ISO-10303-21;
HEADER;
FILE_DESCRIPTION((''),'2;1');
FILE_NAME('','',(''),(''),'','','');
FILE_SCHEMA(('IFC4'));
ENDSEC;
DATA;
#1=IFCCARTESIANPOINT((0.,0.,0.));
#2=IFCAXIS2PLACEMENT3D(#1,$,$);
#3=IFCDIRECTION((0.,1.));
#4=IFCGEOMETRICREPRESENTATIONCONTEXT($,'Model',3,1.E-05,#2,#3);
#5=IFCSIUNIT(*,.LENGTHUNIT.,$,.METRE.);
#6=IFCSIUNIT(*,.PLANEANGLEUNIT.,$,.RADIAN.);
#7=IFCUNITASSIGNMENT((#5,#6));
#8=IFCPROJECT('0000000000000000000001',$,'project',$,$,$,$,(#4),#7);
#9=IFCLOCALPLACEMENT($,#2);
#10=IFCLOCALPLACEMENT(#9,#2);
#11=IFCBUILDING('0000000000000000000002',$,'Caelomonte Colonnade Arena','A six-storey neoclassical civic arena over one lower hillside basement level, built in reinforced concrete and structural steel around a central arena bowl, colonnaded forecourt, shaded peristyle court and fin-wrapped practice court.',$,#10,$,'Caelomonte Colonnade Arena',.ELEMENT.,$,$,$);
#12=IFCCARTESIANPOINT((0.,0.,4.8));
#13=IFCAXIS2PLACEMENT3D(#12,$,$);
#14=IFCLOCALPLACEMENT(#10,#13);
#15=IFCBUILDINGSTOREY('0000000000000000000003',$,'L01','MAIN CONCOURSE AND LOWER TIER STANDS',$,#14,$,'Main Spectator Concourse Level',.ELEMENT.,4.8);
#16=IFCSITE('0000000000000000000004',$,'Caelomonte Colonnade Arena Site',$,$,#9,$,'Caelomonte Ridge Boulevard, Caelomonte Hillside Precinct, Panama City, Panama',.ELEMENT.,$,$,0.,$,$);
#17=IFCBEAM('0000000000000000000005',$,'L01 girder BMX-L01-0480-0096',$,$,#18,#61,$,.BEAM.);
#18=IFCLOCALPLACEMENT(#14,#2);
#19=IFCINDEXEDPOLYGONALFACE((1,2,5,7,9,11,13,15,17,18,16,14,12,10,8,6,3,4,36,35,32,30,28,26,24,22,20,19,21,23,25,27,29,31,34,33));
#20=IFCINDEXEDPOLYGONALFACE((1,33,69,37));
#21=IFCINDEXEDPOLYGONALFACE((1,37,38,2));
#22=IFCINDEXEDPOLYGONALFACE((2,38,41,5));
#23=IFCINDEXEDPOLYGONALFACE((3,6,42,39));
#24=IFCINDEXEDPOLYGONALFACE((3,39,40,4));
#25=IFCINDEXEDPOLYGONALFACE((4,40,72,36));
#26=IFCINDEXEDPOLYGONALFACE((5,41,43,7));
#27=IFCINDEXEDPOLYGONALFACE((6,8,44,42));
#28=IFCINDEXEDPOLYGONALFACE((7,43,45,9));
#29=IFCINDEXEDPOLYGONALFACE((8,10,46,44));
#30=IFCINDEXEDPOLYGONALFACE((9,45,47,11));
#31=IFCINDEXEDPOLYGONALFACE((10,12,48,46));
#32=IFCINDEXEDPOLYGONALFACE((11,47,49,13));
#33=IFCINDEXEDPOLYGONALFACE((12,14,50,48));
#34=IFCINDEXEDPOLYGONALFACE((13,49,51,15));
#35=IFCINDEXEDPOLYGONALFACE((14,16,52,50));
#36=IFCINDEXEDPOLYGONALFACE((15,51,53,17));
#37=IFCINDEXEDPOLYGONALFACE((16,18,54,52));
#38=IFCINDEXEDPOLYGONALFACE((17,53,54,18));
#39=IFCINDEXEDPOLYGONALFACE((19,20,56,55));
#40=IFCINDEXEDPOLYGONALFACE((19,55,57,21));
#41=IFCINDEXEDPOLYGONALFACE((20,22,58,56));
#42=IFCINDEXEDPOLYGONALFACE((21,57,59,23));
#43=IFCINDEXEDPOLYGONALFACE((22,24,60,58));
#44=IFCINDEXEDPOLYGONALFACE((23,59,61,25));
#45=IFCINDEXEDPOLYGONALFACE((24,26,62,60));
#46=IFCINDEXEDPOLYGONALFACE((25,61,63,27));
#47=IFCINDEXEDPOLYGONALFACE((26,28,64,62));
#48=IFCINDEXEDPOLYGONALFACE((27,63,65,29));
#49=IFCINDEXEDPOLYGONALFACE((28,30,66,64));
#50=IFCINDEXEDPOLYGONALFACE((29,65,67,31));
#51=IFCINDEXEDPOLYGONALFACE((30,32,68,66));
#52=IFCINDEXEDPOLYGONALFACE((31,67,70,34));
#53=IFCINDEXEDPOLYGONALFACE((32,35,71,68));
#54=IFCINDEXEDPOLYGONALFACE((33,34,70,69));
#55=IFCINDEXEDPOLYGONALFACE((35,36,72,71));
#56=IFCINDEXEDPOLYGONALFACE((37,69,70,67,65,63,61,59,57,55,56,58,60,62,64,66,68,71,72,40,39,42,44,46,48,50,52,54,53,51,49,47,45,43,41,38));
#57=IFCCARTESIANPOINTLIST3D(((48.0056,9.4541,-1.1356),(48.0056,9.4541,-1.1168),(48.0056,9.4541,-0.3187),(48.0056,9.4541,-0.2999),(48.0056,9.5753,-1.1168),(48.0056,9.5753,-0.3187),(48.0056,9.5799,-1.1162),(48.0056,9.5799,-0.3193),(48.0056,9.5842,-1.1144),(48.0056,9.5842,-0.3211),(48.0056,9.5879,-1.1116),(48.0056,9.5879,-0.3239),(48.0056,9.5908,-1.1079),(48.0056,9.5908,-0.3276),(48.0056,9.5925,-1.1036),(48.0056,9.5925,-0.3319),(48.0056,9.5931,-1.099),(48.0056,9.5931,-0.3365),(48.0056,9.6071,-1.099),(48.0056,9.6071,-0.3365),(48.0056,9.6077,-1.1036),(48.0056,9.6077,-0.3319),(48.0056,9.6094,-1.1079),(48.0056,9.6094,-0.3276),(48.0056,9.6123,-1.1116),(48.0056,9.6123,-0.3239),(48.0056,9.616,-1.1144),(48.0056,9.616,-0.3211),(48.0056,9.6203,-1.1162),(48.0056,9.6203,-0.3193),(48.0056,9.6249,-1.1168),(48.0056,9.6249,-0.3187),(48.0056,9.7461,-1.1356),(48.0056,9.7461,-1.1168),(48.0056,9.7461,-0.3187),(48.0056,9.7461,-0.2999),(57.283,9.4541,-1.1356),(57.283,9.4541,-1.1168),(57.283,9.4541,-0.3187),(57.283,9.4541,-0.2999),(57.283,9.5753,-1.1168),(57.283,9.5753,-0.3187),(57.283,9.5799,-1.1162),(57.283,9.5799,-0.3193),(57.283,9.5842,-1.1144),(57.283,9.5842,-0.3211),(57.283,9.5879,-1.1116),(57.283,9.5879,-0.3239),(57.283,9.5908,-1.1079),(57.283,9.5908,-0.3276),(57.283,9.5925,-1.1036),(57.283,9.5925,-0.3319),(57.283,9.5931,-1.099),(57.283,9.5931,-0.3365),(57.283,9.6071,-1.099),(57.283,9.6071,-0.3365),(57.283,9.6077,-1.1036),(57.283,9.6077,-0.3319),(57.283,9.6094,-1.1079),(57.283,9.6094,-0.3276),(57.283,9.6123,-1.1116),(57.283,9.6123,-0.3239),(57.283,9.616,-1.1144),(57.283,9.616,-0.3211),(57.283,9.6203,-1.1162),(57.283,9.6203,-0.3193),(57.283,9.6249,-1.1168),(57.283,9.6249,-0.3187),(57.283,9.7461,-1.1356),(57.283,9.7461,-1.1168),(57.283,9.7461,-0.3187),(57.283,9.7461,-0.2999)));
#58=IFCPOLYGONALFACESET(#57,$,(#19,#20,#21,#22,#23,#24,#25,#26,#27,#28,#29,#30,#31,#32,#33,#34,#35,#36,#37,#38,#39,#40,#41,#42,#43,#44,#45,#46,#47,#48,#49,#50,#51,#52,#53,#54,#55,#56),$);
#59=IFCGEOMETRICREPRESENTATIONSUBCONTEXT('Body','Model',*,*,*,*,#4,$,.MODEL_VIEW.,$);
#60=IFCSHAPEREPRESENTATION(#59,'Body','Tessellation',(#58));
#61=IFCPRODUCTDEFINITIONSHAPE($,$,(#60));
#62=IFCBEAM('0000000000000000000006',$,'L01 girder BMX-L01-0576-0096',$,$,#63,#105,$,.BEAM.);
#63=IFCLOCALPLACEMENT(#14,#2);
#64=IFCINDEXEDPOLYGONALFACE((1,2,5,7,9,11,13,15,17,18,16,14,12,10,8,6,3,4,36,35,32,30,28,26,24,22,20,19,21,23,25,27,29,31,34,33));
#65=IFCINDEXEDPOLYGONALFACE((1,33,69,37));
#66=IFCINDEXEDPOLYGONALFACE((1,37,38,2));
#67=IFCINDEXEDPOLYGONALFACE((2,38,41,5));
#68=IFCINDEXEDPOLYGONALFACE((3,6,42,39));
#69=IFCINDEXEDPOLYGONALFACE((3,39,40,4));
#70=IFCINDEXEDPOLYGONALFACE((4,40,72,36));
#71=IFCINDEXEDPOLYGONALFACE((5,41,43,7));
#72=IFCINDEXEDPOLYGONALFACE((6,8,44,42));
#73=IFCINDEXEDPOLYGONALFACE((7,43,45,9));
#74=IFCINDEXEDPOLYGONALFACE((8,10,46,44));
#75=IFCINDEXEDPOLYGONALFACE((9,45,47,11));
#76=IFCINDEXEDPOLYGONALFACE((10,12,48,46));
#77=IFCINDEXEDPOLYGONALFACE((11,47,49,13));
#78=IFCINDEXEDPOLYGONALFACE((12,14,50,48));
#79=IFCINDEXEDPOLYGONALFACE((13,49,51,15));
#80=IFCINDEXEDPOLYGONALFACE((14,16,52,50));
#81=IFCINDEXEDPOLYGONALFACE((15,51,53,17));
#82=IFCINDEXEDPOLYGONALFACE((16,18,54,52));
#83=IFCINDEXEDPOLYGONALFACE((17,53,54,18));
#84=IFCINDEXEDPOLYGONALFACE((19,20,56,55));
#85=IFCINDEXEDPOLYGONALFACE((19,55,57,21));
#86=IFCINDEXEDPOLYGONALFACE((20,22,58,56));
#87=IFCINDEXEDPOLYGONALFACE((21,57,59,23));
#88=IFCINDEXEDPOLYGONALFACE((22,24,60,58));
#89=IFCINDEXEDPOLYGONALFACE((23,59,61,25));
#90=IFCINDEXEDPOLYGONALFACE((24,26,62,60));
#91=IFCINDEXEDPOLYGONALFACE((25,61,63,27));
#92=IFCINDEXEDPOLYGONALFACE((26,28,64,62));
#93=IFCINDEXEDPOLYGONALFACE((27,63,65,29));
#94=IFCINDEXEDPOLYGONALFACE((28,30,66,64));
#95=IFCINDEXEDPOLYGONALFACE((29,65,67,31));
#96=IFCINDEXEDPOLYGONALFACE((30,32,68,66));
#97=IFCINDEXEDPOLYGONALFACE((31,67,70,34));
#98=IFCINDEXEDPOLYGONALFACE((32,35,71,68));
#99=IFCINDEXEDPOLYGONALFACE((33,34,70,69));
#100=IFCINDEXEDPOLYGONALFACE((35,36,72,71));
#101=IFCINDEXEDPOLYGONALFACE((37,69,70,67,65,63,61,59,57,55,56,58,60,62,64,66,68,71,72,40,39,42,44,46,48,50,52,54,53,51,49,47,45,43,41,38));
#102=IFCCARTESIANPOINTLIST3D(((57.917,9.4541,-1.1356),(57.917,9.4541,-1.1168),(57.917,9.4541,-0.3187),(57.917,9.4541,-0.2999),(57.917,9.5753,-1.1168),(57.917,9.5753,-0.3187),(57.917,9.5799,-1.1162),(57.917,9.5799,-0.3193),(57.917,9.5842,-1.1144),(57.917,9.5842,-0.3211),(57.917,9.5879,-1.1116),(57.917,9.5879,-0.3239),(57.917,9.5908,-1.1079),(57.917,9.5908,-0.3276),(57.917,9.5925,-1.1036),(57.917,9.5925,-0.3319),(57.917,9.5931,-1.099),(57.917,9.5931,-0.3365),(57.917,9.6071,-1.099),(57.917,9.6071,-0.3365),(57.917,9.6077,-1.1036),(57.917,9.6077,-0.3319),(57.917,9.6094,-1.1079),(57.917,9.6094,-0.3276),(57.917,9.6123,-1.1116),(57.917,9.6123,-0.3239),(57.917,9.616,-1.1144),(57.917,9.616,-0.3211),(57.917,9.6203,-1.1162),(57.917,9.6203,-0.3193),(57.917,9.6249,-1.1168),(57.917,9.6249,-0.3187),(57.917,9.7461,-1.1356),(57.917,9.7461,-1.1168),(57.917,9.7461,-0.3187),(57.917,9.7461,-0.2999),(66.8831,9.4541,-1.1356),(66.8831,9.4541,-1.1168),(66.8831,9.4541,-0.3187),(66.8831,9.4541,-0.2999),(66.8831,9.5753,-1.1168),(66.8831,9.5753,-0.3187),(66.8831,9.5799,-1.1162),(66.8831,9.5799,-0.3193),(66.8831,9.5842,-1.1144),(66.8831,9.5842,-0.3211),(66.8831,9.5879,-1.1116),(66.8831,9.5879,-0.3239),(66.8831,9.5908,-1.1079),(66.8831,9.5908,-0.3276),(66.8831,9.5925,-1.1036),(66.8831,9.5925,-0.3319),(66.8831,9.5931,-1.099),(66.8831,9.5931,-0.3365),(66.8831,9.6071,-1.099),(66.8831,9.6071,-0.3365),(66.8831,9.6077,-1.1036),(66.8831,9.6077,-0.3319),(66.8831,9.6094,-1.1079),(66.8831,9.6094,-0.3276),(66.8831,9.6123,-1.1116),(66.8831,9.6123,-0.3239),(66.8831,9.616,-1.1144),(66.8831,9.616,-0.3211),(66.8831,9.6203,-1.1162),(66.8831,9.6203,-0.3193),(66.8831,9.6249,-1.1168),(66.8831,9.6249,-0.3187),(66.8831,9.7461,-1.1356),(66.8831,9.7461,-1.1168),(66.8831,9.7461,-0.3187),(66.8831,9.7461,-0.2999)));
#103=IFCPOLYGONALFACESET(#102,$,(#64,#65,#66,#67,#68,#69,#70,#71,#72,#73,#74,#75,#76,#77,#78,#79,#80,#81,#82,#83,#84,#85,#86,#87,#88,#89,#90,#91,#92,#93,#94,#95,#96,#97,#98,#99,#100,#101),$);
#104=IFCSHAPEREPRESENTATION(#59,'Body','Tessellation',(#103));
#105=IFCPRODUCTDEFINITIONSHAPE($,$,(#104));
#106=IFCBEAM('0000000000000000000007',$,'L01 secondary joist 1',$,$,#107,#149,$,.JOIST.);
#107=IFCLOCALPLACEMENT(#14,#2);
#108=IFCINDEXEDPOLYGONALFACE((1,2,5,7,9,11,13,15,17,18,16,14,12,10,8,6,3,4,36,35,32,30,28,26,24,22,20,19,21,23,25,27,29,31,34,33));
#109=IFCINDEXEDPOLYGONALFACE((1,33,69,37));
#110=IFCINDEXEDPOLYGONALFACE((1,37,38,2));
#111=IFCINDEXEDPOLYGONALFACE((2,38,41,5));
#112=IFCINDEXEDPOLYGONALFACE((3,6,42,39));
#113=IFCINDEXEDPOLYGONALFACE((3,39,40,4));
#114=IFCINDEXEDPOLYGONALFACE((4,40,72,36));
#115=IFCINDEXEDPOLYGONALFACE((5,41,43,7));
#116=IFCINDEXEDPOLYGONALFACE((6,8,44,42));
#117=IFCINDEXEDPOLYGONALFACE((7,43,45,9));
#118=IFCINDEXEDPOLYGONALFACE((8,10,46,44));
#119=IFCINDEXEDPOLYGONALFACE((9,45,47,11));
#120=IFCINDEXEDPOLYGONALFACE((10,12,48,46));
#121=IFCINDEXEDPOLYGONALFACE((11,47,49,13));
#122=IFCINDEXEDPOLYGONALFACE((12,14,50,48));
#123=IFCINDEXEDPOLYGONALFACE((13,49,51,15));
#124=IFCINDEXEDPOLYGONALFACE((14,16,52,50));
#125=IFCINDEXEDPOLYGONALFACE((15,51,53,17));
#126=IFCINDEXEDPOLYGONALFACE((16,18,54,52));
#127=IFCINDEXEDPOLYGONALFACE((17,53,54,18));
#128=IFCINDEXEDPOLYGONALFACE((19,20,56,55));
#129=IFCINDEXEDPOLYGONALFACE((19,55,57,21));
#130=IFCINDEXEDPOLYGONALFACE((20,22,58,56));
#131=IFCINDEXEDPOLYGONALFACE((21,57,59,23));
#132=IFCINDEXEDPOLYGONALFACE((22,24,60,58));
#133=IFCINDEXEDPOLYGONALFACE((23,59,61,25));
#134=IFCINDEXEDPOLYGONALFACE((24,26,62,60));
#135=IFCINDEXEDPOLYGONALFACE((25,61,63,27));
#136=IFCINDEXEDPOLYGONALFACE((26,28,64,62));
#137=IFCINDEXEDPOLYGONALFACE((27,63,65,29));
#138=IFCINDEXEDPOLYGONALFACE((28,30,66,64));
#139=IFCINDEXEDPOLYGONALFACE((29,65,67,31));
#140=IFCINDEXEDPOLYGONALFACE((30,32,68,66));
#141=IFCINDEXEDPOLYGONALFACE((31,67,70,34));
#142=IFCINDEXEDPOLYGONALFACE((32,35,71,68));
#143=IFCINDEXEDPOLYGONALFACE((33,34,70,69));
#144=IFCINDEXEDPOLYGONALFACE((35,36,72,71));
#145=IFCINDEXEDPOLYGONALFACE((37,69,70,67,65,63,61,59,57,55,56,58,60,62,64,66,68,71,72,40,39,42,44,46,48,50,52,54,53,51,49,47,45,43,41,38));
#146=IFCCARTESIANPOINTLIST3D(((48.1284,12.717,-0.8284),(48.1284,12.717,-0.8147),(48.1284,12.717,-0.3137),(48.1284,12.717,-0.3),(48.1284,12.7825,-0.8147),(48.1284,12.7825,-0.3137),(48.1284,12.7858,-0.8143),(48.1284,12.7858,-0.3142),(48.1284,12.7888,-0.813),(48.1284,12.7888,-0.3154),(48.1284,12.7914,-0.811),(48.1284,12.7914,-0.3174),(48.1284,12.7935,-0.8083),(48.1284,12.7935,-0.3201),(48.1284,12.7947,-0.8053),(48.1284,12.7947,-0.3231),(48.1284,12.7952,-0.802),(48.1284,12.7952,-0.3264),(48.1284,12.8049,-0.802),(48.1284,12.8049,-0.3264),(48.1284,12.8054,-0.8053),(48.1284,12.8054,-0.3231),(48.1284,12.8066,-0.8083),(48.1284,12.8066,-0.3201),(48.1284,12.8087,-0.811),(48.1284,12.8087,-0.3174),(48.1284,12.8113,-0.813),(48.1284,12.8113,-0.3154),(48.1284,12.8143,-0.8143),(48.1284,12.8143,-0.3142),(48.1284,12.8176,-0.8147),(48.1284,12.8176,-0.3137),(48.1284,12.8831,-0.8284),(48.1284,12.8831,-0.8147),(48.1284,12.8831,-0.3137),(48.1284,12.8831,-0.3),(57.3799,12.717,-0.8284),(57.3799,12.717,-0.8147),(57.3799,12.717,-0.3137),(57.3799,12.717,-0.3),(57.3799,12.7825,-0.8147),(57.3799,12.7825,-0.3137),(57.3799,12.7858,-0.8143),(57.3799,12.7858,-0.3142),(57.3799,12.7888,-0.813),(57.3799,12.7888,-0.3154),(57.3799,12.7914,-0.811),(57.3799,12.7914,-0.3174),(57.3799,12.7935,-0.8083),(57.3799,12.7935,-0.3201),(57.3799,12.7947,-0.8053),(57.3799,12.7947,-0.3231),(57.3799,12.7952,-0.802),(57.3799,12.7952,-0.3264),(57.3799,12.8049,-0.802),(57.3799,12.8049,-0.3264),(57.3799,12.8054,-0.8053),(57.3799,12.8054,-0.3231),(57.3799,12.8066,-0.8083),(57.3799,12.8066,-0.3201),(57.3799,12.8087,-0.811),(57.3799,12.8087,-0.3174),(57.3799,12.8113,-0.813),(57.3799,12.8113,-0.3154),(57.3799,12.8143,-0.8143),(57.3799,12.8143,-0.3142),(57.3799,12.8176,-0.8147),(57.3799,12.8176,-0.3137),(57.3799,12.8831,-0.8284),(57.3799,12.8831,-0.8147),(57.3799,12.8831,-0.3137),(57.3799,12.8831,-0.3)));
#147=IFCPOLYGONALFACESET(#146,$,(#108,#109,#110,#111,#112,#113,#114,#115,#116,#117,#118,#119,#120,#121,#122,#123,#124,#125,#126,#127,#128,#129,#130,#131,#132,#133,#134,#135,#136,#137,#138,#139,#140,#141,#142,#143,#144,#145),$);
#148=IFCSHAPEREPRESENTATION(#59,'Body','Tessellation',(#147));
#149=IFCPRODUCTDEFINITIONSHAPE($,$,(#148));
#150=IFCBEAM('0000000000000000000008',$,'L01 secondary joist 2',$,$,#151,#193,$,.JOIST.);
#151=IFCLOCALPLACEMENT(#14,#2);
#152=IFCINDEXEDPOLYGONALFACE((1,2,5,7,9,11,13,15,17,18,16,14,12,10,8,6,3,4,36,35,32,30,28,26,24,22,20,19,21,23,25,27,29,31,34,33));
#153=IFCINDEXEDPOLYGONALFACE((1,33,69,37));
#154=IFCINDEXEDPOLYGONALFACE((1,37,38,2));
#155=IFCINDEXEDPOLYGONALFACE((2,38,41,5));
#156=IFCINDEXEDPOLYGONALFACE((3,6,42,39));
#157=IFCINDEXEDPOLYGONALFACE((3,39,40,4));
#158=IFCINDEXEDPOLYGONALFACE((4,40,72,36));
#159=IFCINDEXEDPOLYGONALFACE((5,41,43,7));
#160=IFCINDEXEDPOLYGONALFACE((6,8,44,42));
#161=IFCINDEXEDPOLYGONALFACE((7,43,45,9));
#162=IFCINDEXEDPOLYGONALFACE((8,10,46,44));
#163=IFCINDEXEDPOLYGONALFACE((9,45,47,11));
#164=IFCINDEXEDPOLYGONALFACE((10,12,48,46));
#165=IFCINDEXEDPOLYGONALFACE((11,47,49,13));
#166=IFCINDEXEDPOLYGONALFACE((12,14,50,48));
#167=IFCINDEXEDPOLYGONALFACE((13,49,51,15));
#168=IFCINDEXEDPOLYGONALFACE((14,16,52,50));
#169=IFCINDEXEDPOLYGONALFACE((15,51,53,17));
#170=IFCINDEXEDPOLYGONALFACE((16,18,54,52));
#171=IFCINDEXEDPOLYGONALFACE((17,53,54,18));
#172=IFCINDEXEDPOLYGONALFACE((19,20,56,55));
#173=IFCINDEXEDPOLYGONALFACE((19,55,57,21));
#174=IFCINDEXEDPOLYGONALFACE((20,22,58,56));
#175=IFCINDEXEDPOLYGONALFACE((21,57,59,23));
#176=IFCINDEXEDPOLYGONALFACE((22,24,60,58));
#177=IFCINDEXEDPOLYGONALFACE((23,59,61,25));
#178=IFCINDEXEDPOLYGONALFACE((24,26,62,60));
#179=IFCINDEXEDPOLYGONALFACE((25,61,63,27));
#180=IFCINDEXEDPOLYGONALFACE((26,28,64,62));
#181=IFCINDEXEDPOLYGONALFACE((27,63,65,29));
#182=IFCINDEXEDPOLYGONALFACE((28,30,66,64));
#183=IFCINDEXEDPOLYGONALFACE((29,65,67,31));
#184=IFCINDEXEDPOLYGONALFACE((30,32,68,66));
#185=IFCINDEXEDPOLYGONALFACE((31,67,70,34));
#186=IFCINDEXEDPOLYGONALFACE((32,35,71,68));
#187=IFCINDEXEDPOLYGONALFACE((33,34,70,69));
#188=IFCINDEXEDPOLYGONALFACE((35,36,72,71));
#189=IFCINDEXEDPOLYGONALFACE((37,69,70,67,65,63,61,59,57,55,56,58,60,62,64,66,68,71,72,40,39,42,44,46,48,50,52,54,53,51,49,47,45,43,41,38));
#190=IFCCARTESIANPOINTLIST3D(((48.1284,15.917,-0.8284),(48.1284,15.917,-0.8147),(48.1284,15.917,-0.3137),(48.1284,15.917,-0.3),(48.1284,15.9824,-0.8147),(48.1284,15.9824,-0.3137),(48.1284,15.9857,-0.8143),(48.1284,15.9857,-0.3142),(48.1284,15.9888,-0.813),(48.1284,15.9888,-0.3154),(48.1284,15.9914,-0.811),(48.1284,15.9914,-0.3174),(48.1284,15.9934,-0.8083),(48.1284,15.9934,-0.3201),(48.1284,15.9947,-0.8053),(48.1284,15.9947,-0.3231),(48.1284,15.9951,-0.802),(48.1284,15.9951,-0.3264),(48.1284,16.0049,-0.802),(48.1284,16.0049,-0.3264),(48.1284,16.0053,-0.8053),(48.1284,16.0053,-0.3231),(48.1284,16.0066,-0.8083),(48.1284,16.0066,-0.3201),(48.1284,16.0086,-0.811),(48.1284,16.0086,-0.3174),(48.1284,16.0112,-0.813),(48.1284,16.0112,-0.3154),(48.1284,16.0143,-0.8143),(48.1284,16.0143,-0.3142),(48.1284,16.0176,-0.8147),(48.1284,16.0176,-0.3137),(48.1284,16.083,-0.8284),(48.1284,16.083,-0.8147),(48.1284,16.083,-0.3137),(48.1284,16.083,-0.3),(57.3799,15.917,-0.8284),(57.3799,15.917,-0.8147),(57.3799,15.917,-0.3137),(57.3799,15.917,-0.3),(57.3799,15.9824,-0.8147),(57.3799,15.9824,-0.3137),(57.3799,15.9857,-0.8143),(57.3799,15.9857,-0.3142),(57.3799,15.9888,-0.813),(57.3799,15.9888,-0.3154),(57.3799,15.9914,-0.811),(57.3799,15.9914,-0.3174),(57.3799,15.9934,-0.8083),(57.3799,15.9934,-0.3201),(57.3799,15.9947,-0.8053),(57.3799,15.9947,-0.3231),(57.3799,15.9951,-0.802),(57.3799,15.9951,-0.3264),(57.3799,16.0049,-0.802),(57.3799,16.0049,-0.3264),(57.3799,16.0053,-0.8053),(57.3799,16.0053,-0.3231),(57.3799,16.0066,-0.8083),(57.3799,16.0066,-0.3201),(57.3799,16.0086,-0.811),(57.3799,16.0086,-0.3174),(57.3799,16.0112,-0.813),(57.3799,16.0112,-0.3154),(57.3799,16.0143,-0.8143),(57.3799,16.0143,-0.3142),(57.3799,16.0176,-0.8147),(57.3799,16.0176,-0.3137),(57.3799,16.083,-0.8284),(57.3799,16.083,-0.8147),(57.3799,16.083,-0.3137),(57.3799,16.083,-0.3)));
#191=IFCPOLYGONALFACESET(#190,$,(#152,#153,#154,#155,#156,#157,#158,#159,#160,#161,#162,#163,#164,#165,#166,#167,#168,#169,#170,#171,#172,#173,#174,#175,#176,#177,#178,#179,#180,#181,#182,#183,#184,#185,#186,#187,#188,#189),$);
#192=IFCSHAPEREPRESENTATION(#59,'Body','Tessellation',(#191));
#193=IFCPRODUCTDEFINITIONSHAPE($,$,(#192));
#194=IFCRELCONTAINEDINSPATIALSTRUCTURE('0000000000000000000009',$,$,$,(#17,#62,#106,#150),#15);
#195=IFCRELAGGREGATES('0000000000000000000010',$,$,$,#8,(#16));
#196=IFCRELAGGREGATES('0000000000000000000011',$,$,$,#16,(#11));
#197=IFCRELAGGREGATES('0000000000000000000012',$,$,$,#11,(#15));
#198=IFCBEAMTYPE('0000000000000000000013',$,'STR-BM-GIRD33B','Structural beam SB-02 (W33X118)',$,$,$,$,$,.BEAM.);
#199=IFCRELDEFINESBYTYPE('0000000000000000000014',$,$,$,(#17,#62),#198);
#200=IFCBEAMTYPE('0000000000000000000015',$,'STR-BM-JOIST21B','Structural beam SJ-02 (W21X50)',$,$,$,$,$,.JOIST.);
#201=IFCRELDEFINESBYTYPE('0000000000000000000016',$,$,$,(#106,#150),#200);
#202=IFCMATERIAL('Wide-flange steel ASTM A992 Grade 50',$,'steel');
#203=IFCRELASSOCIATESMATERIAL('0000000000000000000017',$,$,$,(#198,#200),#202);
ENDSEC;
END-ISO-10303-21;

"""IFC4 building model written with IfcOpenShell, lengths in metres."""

from ifc_helpers import new_model, si_unit, direction, frame, origin, origin_2d, place, context, subcontext, project, spatial, i_section, extrude, material, material_profile, profile_set, type_object, element, save


model = new_model("IFC4")

# Units and contexts
model_context = context("Model", 3, precision=1e-05, world=origin(), true_north=direction((0.0, 1.0)))
body_context = subcontext(model_context, "Body", "Model", "MODEL_VIEW")
ifc_project = project(units=[si_unit("LENGTHUNIT", "METRE"), si_unit("PLANEANGLEUNIT", "RADIAN")], contexts=[model_context])

# Site, building, storey
site_placement = place(None, origin())
site = spatial("IfcSite", under=ifc_project, at=site_placement, Name="Caelomonte Colonnade Arena Site", LongName="Caelomonte Ridge Boulevard, Caelomonte Hillside Precinct, Panama City, Panama", CompositionType="ELEMENT", RefElevation=0.0)
building_placement = place(site_placement, origin())
building = spatial("IfcBuilding", under=site, at=building_placement, Name="Caelomonte Colonnade Arena", Description="A six-storey neoclassical civic arena over one lower hillside basement level, built in reinforced concrete and structural steel around a central arena bowl, colonnaded forecourt, shaded peristyle court and fin-wrapped practice court.", LongName="Caelomonte Colonnade Arena", CompositionType="ELEMENT")
storey_placement = place(building_placement, frame((0.0, 0.0, 4.8)))
storey = spatial("IfcBuildingStorey", under=building, at=storey_placement, Name="L01", Description="MAIN CONCOURSE AND LOWER TIER STANDS", LongName="Main Spectator Concourse Level", CompositionType="ELEMENT", Elevation=4.8)

# Beams
ifc_material_1 = material(Name="Wide-flange steel ASTM A992 Grade 50", Category="steel")
ifc_material_profile_1 = material_profile(ifc_material_1, i_section(OverallWidth=0.292, OverallDepth=0.8357, WebThickness=0.0139, FlangeThickness=0.0188, FilletRadius=0.0178, at=origin_2d()), Name="W33X118")
ifc_profile_set_1 = profile_set([ifc_material_profile_1], Name="Wide-flange steel ASTM A992 Grade 50")
beam_type_1 = type_object("IfcBeamType", Name="STR-BM-GIRD33B", Description="Structural beam SB-02 (W33X118)", PredefinedType="BEAM", material=ifc_profile_set_1)
beam_1_placement = place(storey_placement, frame((48.0056, 9.6001, -0.7178), z_axis=(1.0, 0.0, 0.0), x_axis=(0.0, 1.0, 0.0)))
element("IfcBeam", 1, at=beam_1_placement, inside=storey, type_object=beam_type_1, Name="L01 girder BMX-L01-0480-0096", PredefinedType="BEAM", context=body_context, shape_type="SweptSolid", body=[
    extrude(i_section(OverallWidth=0.292, OverallDepth=0.8357, WebThickness=0.0139, FlangeThickness=0.0188, FilletRadius=0.0178, at=origin_2d()), origin(), (0.0, 0.0, 1.0), 9.2773),
])
beam_2_placement = place(storey_placement, frame((57.917, 9.6001, -0.7178), z_axis=(1.0, 0.0, 0.0), x_axis=(0.0, 1.0, 0.0)))
element("IfcBeam", 2, at=beam_2_placement, inside=storey, type_object=beam_type_1, Name="L01 girder BMX-L01-0576-0096", PredefinedType="BEAM", context=body_context, shape_type="SweptSolid", body=[
    extrude(i_section(OverallWidth=0.292, OverallDepth=0.8357, WebThickness=0.0139, FlangeThickness=0.0188, FilletRadius=0.0178, at=origin_2d()), origin(), (0.0, 0.0, 1.0), 8.9661),
])
ifc_material_profile_2 = material_profile(ifc_material_1, i_section(OverallWidth=0.166, OverallDepth=0.5283, WebThickness=0.0098, FlangeThickness=0.0137, FilletRadius=0.0127, at=origin_2d()), Name="W21X50")
ifc_profile_set_2 = profile_set([ifc_material_profile_2], Name="Wide-flange steel ASTM A992 Grade 50")
beam_type_2 = type_object("IfcBeamType", Name="STR-BM-JOIST21B", Description="Structural beam SJ-02 (W21X50)", PredefinedType="JOIST", material=ifc_profile_set_2)
for number, where, z_axis, x_axis, name in (
    (3, (48.1284, 12.8, -0.5642), (1.0, 0.0, 0.0), (0.0, 1.0, 0.0), "L01 secondary joist 1"),
    (4, (48.1284, 16.0, -0.5642), (1.0, 0.0, 0.0), (0.0, 1.0, 0.0), "L01 secondary joist 2"),
):
    element("IfcBeam", number, at=place(storey_placement, frame(where, z_axis=z_axis, x_axis=x_axis)), inside=storey, type_object=beam_type_2, Name=name, PredefinedType="JOIST", context=body_context, shape_type="SweptSolid", body=[
        extrude(i_section(OverallWidth=0.166, OverallDepth=0.5283, WebThickness=0.0098, FlangeThickness=0.0137, FilletRadius=0.0127, at=origin_2d()), origin(), (0.0, 0.0, 1.0), 9.2515),
    ])

save(model, "model.ifc")
